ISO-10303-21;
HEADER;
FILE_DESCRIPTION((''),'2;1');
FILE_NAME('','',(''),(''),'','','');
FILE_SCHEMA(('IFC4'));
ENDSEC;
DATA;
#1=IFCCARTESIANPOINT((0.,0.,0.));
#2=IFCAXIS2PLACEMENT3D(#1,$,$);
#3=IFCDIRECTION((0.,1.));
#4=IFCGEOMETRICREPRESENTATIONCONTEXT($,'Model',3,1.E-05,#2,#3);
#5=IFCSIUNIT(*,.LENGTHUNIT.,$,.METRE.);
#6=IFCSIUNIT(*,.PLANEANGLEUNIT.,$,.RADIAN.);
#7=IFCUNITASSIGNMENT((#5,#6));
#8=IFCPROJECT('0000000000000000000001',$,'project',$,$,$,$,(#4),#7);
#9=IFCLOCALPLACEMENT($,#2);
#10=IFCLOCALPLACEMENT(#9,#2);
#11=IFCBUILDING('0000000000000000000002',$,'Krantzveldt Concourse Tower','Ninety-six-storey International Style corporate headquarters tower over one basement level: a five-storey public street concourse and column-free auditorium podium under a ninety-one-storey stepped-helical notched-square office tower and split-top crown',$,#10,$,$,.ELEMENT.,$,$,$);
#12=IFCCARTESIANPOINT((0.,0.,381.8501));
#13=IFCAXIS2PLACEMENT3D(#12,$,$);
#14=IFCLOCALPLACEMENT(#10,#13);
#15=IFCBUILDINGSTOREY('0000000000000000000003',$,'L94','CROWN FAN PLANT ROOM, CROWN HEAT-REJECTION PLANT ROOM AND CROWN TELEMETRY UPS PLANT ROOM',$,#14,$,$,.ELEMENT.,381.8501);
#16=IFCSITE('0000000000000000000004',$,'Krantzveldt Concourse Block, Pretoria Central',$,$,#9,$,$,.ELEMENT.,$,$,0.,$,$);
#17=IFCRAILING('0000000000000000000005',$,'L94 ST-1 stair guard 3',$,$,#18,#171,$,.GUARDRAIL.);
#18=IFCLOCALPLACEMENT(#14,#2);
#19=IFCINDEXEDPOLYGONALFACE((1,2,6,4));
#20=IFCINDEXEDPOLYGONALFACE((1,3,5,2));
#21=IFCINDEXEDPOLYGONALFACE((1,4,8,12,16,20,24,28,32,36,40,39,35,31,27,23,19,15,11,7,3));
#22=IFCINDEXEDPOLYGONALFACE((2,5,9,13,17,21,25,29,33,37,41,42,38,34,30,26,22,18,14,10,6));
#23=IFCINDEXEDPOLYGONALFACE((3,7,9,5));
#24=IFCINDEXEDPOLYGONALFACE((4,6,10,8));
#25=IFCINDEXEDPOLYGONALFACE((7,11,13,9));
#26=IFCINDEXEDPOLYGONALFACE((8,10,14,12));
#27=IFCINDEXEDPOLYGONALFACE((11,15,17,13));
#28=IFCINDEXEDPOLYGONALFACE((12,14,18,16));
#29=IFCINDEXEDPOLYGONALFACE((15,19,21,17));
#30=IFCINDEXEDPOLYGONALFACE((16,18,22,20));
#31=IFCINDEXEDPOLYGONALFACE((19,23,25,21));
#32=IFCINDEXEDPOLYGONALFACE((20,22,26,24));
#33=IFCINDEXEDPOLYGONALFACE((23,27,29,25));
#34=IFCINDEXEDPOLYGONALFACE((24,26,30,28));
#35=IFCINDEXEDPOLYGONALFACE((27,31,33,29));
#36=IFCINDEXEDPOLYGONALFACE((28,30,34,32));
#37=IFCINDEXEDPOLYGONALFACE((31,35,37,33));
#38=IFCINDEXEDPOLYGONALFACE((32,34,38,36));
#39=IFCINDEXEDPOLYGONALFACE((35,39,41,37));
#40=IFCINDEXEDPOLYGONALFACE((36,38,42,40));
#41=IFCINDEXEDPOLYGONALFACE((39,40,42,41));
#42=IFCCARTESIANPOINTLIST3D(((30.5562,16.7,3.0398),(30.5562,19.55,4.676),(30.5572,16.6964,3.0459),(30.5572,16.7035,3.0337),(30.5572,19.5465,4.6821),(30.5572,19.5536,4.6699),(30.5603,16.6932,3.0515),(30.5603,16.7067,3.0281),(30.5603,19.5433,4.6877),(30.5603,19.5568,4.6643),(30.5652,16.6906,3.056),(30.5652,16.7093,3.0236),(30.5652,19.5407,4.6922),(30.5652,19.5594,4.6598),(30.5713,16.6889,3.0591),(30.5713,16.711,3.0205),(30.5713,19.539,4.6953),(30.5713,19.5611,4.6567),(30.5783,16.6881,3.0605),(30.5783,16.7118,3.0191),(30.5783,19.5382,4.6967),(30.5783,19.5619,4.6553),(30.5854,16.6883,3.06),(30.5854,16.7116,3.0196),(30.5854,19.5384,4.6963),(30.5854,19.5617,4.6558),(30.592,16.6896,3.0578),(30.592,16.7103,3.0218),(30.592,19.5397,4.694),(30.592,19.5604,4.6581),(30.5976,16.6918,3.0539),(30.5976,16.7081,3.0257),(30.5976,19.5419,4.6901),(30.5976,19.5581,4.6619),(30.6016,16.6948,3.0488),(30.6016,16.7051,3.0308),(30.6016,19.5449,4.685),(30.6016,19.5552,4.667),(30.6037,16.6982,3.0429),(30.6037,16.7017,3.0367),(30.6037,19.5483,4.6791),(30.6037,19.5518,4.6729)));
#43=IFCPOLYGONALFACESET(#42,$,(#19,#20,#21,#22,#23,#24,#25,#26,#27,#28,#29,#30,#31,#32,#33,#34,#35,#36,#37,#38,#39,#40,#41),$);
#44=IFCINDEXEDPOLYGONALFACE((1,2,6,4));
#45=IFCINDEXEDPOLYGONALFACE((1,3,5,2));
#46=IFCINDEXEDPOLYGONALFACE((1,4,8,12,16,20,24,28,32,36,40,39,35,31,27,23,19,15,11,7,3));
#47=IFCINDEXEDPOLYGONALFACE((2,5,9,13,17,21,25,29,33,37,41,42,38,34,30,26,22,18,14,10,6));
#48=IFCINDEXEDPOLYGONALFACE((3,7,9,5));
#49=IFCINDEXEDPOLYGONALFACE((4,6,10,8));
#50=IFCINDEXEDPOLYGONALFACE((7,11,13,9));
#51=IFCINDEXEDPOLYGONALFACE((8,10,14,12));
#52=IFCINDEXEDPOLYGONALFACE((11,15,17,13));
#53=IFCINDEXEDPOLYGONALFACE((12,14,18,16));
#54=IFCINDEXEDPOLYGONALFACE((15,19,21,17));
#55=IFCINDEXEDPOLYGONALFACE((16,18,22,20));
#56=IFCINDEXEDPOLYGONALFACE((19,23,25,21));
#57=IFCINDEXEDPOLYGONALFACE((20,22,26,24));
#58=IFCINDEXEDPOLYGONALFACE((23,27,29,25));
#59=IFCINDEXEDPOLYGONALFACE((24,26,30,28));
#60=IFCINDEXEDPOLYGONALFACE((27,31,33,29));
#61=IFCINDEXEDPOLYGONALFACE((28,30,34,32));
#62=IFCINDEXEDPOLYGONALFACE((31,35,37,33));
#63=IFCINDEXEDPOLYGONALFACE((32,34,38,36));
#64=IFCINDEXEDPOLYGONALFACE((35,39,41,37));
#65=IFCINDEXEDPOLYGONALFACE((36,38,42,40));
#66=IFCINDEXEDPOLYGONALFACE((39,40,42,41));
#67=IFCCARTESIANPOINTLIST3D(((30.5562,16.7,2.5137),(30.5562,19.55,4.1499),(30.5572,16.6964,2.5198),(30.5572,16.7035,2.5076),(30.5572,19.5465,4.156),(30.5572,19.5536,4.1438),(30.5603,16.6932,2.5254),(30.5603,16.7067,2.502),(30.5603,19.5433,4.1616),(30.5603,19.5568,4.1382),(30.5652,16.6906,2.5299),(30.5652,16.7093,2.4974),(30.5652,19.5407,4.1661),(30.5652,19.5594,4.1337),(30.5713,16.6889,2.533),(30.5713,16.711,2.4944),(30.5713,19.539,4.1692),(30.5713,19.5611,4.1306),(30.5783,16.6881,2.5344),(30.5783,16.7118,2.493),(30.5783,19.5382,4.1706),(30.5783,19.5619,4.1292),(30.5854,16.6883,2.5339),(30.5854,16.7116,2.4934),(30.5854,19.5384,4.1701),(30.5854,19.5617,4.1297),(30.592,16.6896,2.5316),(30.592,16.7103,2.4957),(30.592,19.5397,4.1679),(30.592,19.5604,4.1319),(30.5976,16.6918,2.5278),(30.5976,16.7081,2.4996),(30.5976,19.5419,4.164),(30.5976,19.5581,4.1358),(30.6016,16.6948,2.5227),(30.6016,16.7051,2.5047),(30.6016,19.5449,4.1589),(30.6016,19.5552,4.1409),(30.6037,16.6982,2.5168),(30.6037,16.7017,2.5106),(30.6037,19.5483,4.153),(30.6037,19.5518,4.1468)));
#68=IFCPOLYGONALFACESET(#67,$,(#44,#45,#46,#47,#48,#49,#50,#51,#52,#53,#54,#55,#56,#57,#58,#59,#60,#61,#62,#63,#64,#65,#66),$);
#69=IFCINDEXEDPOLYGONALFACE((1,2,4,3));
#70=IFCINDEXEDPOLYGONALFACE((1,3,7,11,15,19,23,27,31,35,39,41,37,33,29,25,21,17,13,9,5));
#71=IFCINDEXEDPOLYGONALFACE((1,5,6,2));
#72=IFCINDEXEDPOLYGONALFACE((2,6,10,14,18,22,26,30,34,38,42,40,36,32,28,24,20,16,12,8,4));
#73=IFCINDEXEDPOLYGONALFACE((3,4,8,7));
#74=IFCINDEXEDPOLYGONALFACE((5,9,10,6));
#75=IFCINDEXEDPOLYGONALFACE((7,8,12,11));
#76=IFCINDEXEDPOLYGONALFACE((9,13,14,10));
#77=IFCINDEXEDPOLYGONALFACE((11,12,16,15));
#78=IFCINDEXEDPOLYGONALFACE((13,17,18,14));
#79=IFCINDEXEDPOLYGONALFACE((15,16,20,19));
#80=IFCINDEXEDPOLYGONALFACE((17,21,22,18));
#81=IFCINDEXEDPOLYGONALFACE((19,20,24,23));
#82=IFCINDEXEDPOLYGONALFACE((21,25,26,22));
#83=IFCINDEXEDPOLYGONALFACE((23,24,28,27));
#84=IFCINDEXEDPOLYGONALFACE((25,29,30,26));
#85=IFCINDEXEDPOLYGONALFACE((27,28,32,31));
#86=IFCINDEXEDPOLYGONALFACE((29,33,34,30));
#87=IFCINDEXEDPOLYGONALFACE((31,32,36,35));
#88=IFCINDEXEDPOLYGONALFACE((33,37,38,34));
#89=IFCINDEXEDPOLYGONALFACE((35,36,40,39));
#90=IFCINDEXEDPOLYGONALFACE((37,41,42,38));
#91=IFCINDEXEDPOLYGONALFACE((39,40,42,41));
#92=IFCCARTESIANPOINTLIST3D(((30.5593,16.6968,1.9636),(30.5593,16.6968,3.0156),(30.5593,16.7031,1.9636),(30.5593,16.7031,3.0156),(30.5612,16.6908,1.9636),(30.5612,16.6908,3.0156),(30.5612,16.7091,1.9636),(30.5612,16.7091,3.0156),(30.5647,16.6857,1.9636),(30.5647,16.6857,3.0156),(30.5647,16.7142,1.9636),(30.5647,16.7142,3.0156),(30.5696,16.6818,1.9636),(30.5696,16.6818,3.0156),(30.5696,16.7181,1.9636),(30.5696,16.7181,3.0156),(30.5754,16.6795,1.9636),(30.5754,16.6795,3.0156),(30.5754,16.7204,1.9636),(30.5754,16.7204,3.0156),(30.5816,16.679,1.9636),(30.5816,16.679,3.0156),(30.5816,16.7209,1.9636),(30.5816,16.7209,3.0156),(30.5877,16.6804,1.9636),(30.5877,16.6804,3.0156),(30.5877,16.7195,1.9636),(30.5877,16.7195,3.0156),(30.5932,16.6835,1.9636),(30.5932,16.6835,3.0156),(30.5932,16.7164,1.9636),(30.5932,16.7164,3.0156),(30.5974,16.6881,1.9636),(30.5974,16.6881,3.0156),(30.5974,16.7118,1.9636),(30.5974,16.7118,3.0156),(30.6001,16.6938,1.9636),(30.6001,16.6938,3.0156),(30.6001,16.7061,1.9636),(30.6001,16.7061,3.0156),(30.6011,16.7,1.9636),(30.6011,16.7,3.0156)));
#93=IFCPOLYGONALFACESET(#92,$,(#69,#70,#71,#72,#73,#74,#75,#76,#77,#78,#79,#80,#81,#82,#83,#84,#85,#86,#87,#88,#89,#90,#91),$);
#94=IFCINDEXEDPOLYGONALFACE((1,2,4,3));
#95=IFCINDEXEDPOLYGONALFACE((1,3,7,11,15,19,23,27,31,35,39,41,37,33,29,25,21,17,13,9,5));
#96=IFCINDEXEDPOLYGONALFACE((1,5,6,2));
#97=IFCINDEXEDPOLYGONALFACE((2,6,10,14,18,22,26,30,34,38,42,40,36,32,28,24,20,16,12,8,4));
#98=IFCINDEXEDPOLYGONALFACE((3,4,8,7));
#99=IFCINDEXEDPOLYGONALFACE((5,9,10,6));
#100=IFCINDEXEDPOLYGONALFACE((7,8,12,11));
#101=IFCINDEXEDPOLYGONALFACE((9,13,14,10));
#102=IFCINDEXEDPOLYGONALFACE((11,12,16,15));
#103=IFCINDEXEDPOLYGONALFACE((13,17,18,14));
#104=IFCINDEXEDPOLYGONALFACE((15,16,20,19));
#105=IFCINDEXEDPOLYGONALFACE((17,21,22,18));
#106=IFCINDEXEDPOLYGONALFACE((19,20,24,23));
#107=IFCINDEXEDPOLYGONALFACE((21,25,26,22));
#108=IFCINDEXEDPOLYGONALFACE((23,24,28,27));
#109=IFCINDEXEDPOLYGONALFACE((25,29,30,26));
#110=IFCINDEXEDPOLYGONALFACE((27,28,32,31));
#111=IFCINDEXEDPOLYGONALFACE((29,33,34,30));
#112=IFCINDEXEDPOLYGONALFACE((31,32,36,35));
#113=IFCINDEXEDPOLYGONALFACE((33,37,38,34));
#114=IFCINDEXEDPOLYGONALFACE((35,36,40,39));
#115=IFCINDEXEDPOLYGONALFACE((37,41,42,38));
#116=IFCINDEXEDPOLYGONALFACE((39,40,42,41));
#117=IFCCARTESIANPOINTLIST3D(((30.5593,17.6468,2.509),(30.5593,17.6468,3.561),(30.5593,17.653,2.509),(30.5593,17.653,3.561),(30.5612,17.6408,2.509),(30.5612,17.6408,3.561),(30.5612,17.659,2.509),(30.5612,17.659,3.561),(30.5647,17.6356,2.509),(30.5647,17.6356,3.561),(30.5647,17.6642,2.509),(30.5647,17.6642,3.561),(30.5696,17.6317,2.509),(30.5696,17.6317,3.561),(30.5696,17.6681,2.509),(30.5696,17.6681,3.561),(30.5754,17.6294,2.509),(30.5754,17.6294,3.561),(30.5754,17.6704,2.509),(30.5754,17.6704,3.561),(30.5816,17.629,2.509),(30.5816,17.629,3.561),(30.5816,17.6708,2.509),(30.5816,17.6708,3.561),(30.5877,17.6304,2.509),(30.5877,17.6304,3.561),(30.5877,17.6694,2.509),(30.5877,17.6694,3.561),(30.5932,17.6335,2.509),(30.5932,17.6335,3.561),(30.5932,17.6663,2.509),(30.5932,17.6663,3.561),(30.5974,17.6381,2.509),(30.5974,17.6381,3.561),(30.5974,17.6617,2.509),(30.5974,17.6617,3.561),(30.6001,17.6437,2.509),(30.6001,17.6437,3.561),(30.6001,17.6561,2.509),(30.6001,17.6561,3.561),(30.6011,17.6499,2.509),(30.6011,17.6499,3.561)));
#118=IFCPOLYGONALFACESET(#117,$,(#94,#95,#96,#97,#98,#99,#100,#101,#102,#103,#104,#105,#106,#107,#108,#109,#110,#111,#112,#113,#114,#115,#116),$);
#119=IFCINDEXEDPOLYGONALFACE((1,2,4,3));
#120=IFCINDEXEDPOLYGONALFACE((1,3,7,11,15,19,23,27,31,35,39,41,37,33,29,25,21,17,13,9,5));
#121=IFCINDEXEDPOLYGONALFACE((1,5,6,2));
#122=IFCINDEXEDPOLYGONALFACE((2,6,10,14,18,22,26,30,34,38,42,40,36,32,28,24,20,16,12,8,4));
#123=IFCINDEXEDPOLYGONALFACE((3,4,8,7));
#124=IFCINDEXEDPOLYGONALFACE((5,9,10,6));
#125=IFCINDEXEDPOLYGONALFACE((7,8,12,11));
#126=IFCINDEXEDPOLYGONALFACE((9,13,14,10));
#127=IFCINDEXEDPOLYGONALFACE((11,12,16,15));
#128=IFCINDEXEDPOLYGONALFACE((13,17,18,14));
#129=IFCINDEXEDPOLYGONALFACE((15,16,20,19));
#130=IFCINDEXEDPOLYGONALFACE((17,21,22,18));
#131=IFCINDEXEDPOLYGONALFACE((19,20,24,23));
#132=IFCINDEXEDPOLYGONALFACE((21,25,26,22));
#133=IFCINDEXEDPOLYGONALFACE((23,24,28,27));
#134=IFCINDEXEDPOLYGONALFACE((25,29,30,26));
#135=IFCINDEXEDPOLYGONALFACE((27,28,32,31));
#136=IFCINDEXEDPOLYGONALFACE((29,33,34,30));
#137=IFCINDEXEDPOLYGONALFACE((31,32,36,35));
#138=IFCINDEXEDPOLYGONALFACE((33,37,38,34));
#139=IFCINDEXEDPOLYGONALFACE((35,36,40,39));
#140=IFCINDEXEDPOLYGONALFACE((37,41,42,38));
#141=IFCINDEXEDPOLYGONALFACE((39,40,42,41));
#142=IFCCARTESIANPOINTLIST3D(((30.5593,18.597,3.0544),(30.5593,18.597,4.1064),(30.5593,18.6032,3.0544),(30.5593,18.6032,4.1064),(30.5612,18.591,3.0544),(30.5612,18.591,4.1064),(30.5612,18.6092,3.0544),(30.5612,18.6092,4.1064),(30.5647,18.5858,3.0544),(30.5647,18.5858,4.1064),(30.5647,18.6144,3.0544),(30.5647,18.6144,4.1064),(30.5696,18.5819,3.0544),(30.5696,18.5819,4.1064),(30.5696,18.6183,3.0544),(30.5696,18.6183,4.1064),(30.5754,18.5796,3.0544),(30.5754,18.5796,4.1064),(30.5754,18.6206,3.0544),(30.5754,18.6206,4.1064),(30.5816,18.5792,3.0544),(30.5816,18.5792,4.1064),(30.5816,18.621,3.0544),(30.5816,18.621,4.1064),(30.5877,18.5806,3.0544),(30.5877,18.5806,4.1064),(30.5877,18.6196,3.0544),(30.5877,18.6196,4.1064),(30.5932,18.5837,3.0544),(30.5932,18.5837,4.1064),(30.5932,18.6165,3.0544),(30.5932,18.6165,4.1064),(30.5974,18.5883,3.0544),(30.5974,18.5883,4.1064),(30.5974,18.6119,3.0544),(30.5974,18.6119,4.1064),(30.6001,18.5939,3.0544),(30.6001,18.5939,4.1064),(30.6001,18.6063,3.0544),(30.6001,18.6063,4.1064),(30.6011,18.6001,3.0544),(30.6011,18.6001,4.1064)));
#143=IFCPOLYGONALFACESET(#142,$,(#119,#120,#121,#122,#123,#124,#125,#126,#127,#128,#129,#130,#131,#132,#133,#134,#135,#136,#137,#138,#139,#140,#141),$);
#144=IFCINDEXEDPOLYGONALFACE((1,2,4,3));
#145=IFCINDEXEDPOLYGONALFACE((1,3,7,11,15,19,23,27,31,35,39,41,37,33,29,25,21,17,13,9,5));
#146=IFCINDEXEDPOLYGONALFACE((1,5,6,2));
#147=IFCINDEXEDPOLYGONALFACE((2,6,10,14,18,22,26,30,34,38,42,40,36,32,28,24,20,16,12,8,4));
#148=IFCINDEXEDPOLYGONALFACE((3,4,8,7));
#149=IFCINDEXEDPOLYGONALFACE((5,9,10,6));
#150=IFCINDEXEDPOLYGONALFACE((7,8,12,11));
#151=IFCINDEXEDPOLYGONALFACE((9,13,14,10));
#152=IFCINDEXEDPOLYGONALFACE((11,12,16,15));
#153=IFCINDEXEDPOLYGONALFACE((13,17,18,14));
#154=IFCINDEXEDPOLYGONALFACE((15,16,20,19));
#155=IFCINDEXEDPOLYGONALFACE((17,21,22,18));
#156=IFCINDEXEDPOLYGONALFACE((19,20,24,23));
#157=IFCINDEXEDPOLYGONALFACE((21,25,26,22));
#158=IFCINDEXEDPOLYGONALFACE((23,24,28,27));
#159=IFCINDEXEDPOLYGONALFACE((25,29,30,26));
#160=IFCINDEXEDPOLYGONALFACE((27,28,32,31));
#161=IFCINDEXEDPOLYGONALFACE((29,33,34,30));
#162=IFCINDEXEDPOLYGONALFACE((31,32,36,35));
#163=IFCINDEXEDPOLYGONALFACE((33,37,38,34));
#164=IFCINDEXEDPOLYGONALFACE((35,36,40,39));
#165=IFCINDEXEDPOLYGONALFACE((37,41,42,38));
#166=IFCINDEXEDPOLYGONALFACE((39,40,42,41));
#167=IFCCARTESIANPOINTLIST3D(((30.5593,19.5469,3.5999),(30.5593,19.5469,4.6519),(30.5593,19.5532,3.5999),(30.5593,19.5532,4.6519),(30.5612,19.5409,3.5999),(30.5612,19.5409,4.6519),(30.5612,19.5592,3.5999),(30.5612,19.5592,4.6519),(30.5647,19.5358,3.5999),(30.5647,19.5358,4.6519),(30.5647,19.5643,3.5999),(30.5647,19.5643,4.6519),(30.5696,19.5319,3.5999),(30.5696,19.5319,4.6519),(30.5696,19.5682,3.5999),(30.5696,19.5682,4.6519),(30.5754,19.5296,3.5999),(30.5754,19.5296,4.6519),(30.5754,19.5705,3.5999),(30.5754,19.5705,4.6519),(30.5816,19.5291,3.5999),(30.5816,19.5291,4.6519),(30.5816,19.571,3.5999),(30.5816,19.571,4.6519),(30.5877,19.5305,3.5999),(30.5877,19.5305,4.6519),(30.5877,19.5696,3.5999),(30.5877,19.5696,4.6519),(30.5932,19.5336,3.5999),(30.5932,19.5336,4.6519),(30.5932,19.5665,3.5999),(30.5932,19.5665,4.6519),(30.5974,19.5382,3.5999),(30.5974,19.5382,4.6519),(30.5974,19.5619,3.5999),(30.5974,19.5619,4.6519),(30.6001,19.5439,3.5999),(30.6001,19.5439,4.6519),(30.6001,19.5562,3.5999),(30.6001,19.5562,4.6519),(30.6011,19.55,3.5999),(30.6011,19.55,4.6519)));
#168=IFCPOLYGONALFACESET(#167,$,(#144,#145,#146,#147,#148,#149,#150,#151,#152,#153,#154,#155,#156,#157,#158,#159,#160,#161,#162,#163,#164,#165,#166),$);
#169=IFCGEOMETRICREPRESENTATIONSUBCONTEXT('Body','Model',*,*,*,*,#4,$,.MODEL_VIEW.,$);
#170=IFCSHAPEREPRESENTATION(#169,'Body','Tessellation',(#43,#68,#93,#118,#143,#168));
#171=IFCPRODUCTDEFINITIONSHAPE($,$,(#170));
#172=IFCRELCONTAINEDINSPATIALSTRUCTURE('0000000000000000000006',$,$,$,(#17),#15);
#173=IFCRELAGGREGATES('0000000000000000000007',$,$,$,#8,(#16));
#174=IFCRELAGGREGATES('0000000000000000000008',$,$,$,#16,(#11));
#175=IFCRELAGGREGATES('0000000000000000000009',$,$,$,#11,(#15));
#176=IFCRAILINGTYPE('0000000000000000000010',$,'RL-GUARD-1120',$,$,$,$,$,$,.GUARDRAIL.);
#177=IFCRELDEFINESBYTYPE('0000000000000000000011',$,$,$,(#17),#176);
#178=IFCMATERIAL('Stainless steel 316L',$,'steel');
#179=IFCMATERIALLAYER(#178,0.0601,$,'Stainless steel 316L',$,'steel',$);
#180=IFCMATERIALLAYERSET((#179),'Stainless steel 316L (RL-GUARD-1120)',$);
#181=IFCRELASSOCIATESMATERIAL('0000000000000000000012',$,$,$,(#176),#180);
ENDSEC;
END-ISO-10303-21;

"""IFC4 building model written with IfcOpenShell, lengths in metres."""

from ifc_helpers import new_model, si_unit, direction, frame, origin, origin_2d, place, context, subcontext, project, spatial, circle, extrude, material, layer, layer_set, type_object, element, save


model = new_model("IFC4")

# Units and contexts
model_context = context("Model", 3, precision=1e-05, world=origin(), true_north=direction((0.0, 1.0)))
body_context = subcontext(model_context, "Body", "Model", "MODEL_VIEW")
ifc_project = project(units=[si_unit("LENGTHUNIT", "METRE"), si_unit("PLANEANGLEUNIT", "RADIAN")], contexts=[model_context])

# Site, building, storey
site_placement = place(None, origin())
site = spatial("IfcSite", under=ifc_project, at=site_placement, Name="Krantzveldt Concourse Block, Pretoria Central", CompositionType="ELEMENT", RefElevation=0.0)
building_placement = place(site_placement, origin())
building = spatial("IfcBuilding", under=site, at=building_placement, Name="Krantzveldt Concourse Tower", Description="Ninety-six-storey International Style corporate headquarters tower over one basement level: a five-storey public street concourse and column-free auditorium podium under a ninety-one-storey stepped-helical notched-square office tower and split-top crown", CompositionType="ELEMENT")
storey_placement = place(building_placement, frame((0.0, 0.0, 381.8501)))
storey = spatial("IfcBuildingStorey", under=building, at=storey_placement, Name="L94", Description="CROWN FAN PLANT ROOM, CROWN HEAT-REJECTION PLANT ROOM AND CROWN TELEMETRY UPS PLANT ROOM", CompositionType="ELEMENT", Elevation=381.8501)

# Railing
ifc_material_1 = material(Name="Stainless steel 316L", Category="steel")
ifc_layer_1 = layer(ifc_material_1, 0.0601, Name="Stainless steel 316L", Category="steel")
ifc_layer_set_1 = layer_set([ifc_layer_1], Name="Stainless steel 316L (RL-GUARD-1120)")
railing_type_1 = type_object("IfcRailingType", Name="RL-GUARD-1120", PredefinedType="GUARDRAIL", material=ifc_layer_set_1)
railing_1_placement = place(storey_placement, frame((30.5801, 16.7, 1.9636)))
element("IfcRailing", 1, at=railing_1_placement, inside=storey, type_object=railing_type_1, Name="L94 ST-1 stair guard 3", PredefinedType="GUARDRAIL", context=body_context, shape_type="SweptSolid", body=[
    extrude(circle(Radius=0.0239, at=origin_2d()), frame((0.0, 0.0, 1.0762), z_axis=(0.0, 0.867245, 0.497882), x_axis=(-1.0, 0.0, 0.0)), (0.0, 0.0, 1.0), 3.2864),
    extrude(circle(Radius=0.0239, at=origin_2d()), frame((0.0, 0.0, 0.55), z_axis=(0.0, 0.867245, 0.497882), x_axis=(-1.0, 0.0, 0.0)), (0.0, 0.0, 1.0), 3.2864),
    extrude(circle(Radius=0.021, at=origin_2d()), origin(), (0.0, 0.0, 1.0), 1.052),
    extrude(circle(Radius=0.021, at=origin_2d()), frame((0.0, 0.95, 0.5454)), (0.0, 0.0, 1.0), 1.052),
    extrude(circle(Radius=0.021, at=origin_2d()), frame((0.0, 1.9001, 1.0908)), (0.0, 0.0, 1.0), 1.052),
    extrude(circle(Radius=0.021, at=origin_2d()), frame((0.0, 2.8501, 1.6362)), (0.0, 0.0, 1.0), 1.052),
])

save(model, "model.ifc")
